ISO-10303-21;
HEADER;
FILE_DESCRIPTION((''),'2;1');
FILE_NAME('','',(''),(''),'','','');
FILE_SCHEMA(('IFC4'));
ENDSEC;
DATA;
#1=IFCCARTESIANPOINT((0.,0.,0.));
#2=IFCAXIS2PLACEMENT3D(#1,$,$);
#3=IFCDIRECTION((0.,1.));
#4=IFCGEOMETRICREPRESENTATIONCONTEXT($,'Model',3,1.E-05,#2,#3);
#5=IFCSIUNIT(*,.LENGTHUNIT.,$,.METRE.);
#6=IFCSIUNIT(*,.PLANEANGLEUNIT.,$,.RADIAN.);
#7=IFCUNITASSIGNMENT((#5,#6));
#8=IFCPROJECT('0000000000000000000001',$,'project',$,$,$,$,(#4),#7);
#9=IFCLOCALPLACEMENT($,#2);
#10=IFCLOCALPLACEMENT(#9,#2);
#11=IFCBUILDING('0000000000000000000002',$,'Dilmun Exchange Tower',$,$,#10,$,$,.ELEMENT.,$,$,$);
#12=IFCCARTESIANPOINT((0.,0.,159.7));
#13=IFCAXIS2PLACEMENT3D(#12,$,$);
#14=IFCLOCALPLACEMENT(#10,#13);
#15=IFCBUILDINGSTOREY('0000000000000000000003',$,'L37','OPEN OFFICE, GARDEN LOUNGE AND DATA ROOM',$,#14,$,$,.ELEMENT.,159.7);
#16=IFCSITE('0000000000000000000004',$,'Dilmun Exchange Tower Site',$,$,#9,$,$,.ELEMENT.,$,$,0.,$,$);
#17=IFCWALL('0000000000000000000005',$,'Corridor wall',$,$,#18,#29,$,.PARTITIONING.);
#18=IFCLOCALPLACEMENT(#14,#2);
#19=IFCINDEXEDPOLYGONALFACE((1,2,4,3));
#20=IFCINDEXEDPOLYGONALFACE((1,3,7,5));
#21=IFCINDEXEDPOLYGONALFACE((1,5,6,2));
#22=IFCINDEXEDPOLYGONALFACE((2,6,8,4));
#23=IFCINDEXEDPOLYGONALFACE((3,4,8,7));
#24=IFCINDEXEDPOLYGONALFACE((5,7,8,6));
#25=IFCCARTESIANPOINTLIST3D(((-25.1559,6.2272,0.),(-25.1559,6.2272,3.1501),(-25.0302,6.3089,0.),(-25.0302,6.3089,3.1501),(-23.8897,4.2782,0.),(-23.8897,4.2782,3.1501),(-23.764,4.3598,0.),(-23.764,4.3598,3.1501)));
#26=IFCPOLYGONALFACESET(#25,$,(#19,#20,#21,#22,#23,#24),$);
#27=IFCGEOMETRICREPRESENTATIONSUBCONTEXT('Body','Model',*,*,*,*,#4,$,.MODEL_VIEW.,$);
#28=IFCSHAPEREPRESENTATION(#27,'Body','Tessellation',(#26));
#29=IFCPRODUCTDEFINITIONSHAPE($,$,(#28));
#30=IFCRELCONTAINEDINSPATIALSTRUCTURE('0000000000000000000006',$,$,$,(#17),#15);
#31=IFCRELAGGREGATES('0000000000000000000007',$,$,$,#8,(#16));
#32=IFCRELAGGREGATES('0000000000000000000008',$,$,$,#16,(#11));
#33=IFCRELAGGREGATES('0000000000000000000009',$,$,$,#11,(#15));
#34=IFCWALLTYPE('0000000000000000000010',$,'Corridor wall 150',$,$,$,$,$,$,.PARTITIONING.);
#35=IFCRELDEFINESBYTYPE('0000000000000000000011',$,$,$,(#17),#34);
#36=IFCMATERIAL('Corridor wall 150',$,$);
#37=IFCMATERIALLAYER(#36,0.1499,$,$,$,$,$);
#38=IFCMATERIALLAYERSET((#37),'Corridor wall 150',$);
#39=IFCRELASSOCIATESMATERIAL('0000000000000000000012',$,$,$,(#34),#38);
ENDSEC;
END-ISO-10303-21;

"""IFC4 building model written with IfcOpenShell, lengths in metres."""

from ifc_helpers import new_model, si_unit, direction, frame, frame_2d, origin, place, context, subcontext, project, spatial, rectangle, extrude, material, layer, layer_set, type_object, element, save


model = new_model("IFC4")

# Units and contexts
model_context = context("Model", 3, precision=1e-05, world=origin(), true_north=direction((0.0, 1.0)))
body_context = subcontext(model_context, "Body", "Model", "MODEL_VIEW")
ifc_project = project(units=[si_unit("LENGTHUNIT", "METRE"), si_unit("PLANEANGLEUNIT", "RADIAN")], contexts=[model_context])

# Site, building, storey
site_placement = place(None, origin())
site = spatial("IfcSite", under=ifc_project, at=site_placement, Name="Dilmun Exchange Tower Site", CompositionType="ELEMENT", RefElevation=0.0)
building_placement = place(site_placement, origin())
building = spatial("IfcBuilding", under=site, at=building_placement, Name="Dilmun Exchange Tower", CompositionType="ELEMENT")
storey_placement = place(building_placement, frame((0.0, 0.0, 159.7)))
storey = spatial("IfcBuildingStorey", under=building, at=storey_placement, Name="L37", Description="OPEN OFFICE, GARDEN LOUNGE AND DATA ROOM", CompositionType="ELEMENT", Elevation=159.7)

# Shared definitions
ifc_material_1 = material(Name="Corridor wall 150")
ifc_layer = layer(ifc_material_1, 0.1499)
ifc_layer_set = layer_set([ifc_layer], Name="Corridor wall 150")
wall_type = type_object("IfcWallType", Name="Corridor wall 150", PredefinedType="PARTITIONING", material=ifc_layer_set)

# Wall
wall_1_placement = place(storey_placement, frame((-25.093, 6.2681, 0.0), z_axis=(0.0, 0.0, 1.0), x_axis=(0.54477, -0.838585, 0.0)))
element("IfcWall", 1, at=wall_1_placement, inside=storey, type_object=wall_type, Name="Corridor wall", PredefinedType="PARTITIONING", context=body_context, shape_type="SweptSolid", body=[
    extrude(rectangle(XDim=2.3242, YDim=0.1499, at=frame_2d((1.1621, 0.0))), origin(), (0.0, 0.0, 1.0), 3.1501),
])

save(model, "model.ifc")
